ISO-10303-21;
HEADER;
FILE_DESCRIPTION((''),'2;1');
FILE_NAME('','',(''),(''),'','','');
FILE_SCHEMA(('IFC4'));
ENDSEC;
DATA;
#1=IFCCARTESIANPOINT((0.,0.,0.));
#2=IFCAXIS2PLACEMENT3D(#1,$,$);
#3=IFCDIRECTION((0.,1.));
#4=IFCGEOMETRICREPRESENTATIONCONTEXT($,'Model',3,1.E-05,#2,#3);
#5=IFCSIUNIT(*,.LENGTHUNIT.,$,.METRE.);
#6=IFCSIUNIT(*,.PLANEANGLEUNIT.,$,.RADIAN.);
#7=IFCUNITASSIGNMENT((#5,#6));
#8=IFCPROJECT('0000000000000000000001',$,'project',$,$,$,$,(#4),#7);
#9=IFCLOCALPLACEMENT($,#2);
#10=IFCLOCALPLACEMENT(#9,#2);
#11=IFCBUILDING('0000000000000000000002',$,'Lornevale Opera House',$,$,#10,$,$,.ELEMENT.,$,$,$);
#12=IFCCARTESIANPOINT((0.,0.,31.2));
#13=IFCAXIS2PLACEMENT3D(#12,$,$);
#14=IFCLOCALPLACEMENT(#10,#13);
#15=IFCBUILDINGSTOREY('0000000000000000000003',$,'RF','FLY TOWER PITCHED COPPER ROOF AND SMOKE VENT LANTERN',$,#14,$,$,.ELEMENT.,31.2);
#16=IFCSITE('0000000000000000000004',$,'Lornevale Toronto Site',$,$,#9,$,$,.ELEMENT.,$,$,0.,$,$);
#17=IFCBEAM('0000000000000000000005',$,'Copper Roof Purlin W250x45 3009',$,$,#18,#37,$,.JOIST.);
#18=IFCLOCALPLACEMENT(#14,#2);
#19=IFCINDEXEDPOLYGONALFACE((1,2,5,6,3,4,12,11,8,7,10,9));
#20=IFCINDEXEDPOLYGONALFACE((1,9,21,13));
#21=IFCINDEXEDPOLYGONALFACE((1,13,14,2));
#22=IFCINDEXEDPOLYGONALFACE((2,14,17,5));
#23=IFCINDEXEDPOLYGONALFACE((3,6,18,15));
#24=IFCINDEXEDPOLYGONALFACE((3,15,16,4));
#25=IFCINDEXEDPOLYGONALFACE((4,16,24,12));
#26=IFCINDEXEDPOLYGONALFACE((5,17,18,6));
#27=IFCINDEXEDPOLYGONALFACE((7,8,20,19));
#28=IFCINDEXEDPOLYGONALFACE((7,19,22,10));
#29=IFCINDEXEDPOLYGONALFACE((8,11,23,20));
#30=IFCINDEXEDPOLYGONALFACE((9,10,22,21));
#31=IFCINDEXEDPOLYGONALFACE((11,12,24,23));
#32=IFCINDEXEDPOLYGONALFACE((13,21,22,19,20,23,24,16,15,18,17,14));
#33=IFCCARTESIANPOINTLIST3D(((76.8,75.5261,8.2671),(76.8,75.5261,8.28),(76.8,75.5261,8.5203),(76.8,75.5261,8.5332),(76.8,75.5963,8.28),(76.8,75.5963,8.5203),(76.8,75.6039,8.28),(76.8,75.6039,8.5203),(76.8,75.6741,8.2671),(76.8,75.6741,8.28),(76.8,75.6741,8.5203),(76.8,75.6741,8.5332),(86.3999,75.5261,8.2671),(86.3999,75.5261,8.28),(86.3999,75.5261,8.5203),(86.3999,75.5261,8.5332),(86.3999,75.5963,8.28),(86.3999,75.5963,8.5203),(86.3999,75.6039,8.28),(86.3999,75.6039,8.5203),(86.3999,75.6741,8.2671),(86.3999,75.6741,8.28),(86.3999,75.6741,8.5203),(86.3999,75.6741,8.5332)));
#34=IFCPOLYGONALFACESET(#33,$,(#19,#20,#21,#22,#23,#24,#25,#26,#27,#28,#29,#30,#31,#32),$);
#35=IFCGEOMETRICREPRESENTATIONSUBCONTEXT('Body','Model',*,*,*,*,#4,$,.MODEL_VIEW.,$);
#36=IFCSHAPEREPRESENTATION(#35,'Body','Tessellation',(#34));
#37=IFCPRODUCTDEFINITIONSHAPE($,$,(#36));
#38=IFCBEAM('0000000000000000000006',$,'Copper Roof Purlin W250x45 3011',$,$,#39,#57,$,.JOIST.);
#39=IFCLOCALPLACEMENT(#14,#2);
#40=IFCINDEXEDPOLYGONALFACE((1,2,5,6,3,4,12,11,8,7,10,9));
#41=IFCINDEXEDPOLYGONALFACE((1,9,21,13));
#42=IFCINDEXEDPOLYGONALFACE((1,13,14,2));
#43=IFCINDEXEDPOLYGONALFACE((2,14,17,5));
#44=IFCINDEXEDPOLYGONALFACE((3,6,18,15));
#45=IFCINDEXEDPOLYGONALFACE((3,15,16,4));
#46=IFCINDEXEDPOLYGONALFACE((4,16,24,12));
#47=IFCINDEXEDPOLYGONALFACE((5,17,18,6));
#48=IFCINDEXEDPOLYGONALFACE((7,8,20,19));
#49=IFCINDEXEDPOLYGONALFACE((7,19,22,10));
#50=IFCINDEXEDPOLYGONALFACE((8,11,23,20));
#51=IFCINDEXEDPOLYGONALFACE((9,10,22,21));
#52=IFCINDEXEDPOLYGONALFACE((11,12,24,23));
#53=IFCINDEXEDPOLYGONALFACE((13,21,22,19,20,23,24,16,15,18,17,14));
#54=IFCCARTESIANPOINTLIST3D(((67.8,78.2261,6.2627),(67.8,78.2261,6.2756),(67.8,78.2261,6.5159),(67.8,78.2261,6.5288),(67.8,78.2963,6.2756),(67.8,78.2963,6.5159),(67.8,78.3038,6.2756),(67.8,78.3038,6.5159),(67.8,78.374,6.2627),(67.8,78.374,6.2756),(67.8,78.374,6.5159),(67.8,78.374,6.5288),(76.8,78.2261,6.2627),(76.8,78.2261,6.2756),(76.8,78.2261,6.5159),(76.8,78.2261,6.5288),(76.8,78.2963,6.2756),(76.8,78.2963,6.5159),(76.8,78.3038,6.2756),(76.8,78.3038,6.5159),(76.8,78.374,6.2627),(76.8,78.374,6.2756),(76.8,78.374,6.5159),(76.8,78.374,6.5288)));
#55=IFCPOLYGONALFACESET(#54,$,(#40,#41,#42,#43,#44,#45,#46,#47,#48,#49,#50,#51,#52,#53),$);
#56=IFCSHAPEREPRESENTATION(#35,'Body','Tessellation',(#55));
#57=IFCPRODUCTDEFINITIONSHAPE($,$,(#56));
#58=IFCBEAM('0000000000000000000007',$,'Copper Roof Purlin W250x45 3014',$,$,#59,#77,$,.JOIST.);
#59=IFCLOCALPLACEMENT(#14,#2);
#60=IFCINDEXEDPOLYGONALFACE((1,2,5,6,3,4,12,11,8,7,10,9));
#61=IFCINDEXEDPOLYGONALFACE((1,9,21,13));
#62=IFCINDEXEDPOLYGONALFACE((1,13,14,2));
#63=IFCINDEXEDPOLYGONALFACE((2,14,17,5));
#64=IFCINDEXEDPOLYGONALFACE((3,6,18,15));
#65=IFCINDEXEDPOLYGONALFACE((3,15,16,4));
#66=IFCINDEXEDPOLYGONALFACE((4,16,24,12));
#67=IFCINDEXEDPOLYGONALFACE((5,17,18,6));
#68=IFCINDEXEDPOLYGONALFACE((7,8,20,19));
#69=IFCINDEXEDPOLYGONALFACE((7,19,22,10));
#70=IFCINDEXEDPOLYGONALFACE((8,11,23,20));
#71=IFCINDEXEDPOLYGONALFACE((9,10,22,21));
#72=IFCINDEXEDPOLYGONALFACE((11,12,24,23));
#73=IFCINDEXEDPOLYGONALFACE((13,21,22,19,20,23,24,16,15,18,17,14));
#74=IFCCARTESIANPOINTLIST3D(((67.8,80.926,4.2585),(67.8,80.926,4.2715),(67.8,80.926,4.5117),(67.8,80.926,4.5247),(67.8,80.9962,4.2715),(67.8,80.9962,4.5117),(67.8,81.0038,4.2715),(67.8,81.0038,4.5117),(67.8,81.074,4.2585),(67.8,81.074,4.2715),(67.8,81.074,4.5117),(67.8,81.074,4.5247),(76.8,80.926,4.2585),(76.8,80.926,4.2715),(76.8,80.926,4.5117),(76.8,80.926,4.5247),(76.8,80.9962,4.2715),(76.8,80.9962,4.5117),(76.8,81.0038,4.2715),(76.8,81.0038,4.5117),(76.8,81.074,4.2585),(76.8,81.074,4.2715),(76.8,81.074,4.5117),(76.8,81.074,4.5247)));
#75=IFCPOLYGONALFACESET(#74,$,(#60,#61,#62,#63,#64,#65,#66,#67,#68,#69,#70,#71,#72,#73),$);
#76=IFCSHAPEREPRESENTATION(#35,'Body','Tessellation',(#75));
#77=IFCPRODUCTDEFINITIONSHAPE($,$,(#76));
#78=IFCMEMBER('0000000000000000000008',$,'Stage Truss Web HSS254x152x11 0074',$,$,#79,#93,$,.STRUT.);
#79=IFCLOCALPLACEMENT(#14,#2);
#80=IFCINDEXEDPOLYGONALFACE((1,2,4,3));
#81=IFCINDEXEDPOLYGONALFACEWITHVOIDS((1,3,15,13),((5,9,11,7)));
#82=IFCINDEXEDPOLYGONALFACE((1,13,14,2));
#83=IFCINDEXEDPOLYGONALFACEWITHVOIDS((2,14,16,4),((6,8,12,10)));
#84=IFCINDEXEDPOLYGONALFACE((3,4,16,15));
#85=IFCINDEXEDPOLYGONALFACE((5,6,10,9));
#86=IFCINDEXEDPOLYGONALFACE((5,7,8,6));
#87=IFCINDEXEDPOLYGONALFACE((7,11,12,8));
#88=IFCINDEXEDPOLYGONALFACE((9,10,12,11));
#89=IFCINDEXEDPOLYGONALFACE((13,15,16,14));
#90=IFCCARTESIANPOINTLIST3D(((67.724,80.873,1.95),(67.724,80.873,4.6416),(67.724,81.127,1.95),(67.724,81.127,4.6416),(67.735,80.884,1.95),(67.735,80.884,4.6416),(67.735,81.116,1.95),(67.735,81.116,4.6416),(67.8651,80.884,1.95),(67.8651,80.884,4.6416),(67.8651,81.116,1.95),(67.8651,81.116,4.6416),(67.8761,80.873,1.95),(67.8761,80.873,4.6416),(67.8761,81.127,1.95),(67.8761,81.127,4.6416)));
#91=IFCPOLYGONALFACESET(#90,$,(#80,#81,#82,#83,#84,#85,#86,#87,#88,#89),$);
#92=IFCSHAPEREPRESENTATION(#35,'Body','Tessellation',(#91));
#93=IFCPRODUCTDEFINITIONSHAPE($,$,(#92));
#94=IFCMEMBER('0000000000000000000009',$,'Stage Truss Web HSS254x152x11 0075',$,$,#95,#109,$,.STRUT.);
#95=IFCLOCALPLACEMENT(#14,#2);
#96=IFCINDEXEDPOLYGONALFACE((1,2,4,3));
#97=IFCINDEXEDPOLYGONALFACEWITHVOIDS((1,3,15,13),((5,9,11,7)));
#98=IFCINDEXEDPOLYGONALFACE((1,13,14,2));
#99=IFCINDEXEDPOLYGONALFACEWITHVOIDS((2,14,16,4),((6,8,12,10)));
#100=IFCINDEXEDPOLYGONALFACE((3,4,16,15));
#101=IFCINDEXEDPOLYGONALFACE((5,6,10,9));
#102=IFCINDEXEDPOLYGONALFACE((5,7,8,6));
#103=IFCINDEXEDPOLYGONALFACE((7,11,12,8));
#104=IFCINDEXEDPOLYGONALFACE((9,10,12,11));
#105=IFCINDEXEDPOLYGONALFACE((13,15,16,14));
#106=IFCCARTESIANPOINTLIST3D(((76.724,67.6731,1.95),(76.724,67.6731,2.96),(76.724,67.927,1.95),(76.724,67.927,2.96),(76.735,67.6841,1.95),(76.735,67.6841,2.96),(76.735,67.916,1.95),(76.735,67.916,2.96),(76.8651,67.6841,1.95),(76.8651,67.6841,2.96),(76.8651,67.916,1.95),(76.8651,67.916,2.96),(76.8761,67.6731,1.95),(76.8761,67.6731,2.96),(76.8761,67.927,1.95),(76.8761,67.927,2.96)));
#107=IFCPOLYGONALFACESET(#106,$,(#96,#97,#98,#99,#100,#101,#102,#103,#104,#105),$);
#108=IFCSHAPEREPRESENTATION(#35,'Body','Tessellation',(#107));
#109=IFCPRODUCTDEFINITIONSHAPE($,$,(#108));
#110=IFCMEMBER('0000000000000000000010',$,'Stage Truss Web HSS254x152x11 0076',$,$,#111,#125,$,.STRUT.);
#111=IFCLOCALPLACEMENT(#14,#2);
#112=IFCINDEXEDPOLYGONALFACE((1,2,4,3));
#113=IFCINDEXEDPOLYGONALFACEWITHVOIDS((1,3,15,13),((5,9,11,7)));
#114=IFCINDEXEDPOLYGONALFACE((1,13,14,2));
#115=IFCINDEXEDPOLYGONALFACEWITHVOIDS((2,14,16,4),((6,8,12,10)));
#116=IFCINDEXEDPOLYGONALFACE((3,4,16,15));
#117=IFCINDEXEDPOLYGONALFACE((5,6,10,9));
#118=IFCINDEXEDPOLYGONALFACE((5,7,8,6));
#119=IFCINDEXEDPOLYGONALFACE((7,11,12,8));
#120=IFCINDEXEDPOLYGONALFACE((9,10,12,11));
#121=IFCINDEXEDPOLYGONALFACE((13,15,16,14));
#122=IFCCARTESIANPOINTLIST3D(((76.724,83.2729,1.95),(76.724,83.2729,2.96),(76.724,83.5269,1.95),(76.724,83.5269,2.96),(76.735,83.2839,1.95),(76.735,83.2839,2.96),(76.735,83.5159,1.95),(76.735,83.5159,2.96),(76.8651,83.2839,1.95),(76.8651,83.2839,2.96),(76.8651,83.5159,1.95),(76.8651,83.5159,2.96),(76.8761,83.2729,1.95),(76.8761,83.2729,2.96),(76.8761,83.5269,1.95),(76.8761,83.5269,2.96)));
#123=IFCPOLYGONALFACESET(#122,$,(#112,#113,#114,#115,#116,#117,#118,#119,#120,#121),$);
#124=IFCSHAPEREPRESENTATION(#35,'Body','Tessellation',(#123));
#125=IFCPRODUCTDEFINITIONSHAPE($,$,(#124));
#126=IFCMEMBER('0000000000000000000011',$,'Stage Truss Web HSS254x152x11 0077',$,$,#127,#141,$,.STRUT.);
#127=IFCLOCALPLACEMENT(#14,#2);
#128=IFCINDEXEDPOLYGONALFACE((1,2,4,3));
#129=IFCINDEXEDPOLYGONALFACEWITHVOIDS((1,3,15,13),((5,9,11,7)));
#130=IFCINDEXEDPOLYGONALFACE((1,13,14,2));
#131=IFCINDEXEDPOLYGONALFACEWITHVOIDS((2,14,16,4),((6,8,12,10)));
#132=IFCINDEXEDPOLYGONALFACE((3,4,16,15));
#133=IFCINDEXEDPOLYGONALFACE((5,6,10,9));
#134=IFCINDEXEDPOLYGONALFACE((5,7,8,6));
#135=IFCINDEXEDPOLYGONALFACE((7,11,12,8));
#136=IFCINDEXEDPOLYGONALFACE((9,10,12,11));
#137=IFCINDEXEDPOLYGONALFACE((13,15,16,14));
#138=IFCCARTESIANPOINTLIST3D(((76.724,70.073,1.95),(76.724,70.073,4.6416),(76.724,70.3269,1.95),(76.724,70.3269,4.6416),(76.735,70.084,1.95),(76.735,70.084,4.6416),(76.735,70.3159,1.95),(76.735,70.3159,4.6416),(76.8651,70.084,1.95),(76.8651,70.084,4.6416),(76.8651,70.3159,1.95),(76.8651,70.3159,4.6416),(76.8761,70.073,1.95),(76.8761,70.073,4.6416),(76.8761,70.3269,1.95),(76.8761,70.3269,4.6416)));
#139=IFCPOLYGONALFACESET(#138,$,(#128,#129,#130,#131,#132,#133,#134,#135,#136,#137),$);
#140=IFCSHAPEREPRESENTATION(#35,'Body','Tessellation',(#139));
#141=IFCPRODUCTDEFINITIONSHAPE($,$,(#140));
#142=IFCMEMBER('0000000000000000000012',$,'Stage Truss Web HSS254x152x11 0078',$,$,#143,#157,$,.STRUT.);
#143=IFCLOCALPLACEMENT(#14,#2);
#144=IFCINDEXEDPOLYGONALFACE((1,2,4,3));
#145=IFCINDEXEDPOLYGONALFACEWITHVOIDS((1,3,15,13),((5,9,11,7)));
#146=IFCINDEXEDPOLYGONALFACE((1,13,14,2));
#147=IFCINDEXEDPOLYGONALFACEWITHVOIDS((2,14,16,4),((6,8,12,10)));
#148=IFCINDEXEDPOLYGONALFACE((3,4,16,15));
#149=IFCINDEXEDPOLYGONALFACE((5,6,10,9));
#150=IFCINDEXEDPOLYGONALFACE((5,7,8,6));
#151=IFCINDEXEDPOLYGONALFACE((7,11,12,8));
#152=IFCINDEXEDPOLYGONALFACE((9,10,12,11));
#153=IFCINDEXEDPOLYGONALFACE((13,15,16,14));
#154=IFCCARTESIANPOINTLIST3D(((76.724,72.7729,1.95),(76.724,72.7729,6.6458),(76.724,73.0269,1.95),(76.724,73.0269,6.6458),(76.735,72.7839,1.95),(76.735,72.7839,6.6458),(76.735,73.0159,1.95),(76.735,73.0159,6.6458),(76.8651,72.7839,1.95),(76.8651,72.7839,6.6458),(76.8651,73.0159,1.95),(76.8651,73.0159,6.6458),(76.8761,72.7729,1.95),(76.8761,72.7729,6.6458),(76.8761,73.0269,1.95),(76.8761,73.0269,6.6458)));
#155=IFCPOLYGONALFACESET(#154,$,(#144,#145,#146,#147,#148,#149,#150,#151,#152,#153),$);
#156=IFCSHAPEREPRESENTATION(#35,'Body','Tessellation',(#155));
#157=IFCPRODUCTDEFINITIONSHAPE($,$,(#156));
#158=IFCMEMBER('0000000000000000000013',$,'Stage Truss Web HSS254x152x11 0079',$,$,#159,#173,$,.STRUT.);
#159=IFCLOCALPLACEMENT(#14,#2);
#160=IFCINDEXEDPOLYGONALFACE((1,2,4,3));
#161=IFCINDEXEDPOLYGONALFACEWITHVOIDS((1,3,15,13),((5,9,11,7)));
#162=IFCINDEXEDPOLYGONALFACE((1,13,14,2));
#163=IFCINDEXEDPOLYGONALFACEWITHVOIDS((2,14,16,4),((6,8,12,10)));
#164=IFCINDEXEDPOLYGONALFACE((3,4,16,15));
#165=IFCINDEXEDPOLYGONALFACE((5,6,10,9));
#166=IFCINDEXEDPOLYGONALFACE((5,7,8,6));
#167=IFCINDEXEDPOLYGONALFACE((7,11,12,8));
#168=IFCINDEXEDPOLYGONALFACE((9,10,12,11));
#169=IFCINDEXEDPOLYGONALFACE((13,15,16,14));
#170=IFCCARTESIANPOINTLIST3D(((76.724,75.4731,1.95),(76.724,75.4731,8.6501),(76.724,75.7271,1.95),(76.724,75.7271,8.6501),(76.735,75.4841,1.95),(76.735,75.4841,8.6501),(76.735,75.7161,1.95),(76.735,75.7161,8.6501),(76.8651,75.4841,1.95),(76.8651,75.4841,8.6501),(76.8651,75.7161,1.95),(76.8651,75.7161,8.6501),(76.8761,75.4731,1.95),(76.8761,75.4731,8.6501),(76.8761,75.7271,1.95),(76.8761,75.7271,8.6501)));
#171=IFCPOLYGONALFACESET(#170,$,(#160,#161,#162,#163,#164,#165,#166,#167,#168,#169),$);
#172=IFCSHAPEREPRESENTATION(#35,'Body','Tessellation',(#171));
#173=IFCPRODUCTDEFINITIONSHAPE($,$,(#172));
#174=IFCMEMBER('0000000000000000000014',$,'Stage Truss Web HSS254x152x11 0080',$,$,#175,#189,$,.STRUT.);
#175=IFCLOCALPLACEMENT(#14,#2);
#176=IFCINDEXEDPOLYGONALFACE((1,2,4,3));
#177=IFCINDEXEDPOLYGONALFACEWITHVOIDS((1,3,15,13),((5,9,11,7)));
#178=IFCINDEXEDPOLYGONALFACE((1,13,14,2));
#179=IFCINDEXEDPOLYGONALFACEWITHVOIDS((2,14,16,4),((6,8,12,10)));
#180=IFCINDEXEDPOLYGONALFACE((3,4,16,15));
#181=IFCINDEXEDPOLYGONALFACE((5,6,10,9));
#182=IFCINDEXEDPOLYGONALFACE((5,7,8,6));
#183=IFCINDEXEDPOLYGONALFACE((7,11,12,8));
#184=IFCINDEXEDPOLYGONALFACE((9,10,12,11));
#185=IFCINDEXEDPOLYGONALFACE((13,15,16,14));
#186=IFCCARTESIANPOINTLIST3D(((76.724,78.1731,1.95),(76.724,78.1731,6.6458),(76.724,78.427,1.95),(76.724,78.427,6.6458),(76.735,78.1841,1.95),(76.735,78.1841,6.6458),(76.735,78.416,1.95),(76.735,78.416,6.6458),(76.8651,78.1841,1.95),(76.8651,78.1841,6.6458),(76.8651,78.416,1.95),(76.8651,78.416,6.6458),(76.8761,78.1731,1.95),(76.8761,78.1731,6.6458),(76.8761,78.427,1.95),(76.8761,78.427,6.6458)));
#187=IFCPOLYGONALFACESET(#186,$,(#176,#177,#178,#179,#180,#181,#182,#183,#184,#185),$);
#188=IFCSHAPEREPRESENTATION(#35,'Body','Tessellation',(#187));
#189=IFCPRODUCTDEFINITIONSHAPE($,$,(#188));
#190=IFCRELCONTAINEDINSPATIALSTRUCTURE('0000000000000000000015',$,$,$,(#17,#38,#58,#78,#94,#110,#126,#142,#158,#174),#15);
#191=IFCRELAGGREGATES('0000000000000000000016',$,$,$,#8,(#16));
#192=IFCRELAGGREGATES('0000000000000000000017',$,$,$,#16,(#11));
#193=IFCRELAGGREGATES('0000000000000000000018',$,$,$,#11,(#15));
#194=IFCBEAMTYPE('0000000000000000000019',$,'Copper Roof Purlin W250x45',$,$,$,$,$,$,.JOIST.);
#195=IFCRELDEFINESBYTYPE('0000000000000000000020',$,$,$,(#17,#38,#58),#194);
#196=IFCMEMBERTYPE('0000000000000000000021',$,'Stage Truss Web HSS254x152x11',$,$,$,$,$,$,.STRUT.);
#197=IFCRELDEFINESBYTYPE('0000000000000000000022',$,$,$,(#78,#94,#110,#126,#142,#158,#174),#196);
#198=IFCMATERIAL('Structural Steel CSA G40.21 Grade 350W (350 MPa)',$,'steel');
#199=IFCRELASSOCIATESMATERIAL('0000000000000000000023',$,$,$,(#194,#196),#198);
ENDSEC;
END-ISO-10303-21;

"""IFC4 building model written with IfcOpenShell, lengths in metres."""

from ifc_helpers import new_model, si_unit, direction, frame, origin, origin_2d, place, context, subcontext, project, spatial, hollow_rectangle, i_section, extrude, material, material_profile, profile_set, type_object, element, save


model = new_model("IFC4")

# Units and contexts
model_context = context("Model", 3, precision=1e-05, world=origin(), true_north=direction((0.0, 1.0)))
body_context = subcontext(model_context, "Body", "Model", "MODEL_VIEW")
ifc_project = project(units=[si_unit("LENGTHUNIT", "METRE"), si_unit("PLANEANGLEUNIT", "RADIAN")], contexts=[model_context])

# Site, building, storey
site_placement = place(None, origin())
site = spatial("IfcSite", under=ifc_project, at=site_placement, Name="Lornevale Toronto Site", CompositionType="ELEMENT", RefElevation=0.0)
building_placement = place(site_placement, origin())
building = spatial("IfcBuilding", under=site, at=building_placement, Name="Lornevale Opera House", CompositionType="ELEMENT")
storey_placement = place(building_placement, frame((0.0, 0.0, 31.2)))
storey = spatial("IfcBuildingStorey", under=building, at=storey_placement, Name="RF", Description="FLY TOWER PITCHED COPPER ROOF AND SMOKE VENT LANTERN", CompositionType="ELEMENT", Elevation=31.2)

# Beams
ifc_material_1 = material(Name="Structural Steel CSA G40.21 Grade 350W (350 MPa)", Category="steel")
ifc_material_profile_1 = material_profile(ifc_material_1, i_section(OverallWidth=0.1479, OverallDepth=0.2661, WebThickness=0.0076, FlangeThickness=0.0129, at=origin_2d()), Name="W250x45")
ifc_profile_set_1 = profile_set([ifc_material_profile_1], Name="Structural Steel CSA G40.21 Grade 350W (350 MPa)")
beam_type_1 = type_object("IfcBeamType", Name="Copper Roof Purlin W250x45", PredefinedType="JOIST", material=ifc_profile_set_1)
beam_1_placement = place(storey_placement, frame((76.8, 75.6001, 8.4001), z_axis=(1.0, 0.0, 0.0), x_axis=(0.0, 1.0, 0.0)))
element("IfcBeam", 1, at=beam_1_placement, inside=storey, type_object=beam_type_1, Name="Copper Roof Purlin W250x45 3009", PredefinedType="JOIST", context=body_context, shape_type="SweptSolid", body=[
    extrude(i_section(OverallWidth=0.1479, OverallDepth=0.2661, WebThickness=0.0076, FlangeThickness=0.0129, at=origin_2d()), origin(), (0.0, 0.0, 1.0), 9.5999),
])
for number, where, z_axis, x_axis, name in (
    (2, (67.8, 78.3, 6.3958), (1.0, 0.0, 0.0), (0.0, 1.0, 0.0), "Copper Roof Purlin W250x45 3011"),
    (3, (67.8, 81.0, 4.3916), (1.0, 0.0, 0.0), (0.0, 1.0, 0.0), "Copper Roof Purlin W250x45 3014"),
):
    element("IfcBeam", number, at=place(storey_placement, frame(where, z_axis=z_axis, x_axis=x_axis)), inside=storey, type_object=beam_type_1, Name=name, PredefinedType="JOIST", context=body_context, shape_type="SweptSolid", body=[
        extrude(i_section(OverallWidth=0.1479, OverallDepth=0.2661, WebThickness=0.0076, FlangeThickness=0.0129, at=origin_2d()), origin(), (0.0, 0.0, 1.0), 9.0),
    ])

# Members
ifc_material_profile_2 = material_profile(ifc_material_1, hollow_rectangle(XDim=0.1521, YDim=0.2539, WallThickness=0.011, at=origin_2d()), Name="HSS254x152x11")
ifc_profile_set_2 = profile_set([ifc_material_profile_2], Name="Structural Steel CSA G40.21 Grade 350W (350 MPa)")
member_type = type_object("IfcMemberType", Name="Stage Truss Web HSS254x152x11", PredefinedType="STRUT", material=ifc_profile_set_2)
member_1_placement = place(storey_placement, frame((67.8, 81.0, 1.95), z_axis=(0.0, 0.0, 1.0), x_axis=(1.0, 0.0, 0.0)))
element("IfcMember", 4, at=member_1_placement, inside=storey, type_object=member_type, Name="Stage Truss Web HSS254x152x11 0074", PredefinedType="STRUT", context=body_context, shape_type="SweptSolid", body=[
    extrude(hollow_rectangle(XDim=0.1521, YDim=0.2539, WallThickness=0.011, at=origin_2d()), origin(), (0.0, 0.0, 1.0), 2.6917),
])
for number, where, z_axis, x_axis, name in (
    (5, (76.8, 67.8, 1.95), (0.0, 0.0, 1.0), (1.0, 0.0, 0.0), "Stage Truss Web HSS254x152x11 0075"),
    (6, (76.8, 83.3999, 1.95), (0.0, 0.0, 1.0), (1.0, 0.0, 0.0), "Stage Truss Web HSS254x152x11 0076"),
):
    element("IfcMember", number, at=place(storey_placement, frame(where, z_axis=z_axis, x_axis=x_axis)), inside=storey, type_object=member_type, Name=name, PredefinedType="STRUT", context=body_context, shape_type="SweptSolid", body=[
        extrude(hollow_rectangle(XDim=0.1521, YDim=0.2539, WallThickness=0.011, at=origin_2d()), origin(), (0.0, 0.0, 1.0), 1.01),
    ])
member_2_placement = place(storey_placement, frame((76.8, 70.2, 1.95), z_axis=(0.0, 0.0, 1.0), x_axis=(1.0, 0.0, 0.0)))
element("IfcMember", 7, at=member_2_placement, inside=storey, type_object=member_type, Name="Stage Truss Web HSS254x152x11 0077", PredefinedType="STRUT", context=body_context, shape_type="SweptSolid", body=[
    extrude(hollow_rectangle(XDim=0.1521, YDim=0.2539, WallThickness=0.011, at=origin_2d()), origin(), (0.0, 0.0, 1.0), 2.6917),
])
member_3_placement = place(storey_placement, frame((76.8, 72.8999, 1.95), z_axis=(0.0, 0.0, 1.0), x_axis=(1.0, 0.0, 0.0)))
element("IfcMember", 8, at=member_3_placement, inside=storey, type_object=member_type, Name="Stage Truss Web HSS254x152x11 0078", PredefinedType="STRUT", context=body_context, shape_type="SweptSolid", body=[
    extrude(hollow_rectangle(XDim=0.1521, YDim=0.2539, WallThickness=0.011, at=origin_2d()), origin(), (0.0, 0.0, 1.0), 4.6958),
])
member_4_placement = place(storey_placement, frame((76.8, 75.6001, 1.95), z_axis=(0.0, 0.0, 1.0), x_axis=(1.0, 0.0, 0.0)))
element("IfcMember", 9, at=member_4_placement, inside=storey, type_object=member_type, Name="Stage Truss Web HSS254x152x11 0079", PredefinedType="STRUT", context=body_context, shape_type="SweptSolid", body=[
    extrude(hollow_rectangle(XDim=0.1521, YDim=0.2539, WallThickness=0.011, at=origin_2d()), origin(), (0.0, 0.0, 1.0), 6.7002),
])
member_5_placement = place(storey_placement, frame((76.8, 78.3, 1.95), z_axis=(0.0, 0.0, 1.0), x_axis=(1.0, 0.0, 0.0)))
element("IfcMember", 10, at=member_5_placement, inside=storey, type_object=member_type, Name="Stage Truss Web HSS254x152x11 0080", PredefinedType="STRUT", context=body_context, shape_type="SweptSolid", body=[
    extrude(hollow_rectangle(XDim=0.1521, YDim=0.2539, WallThickness=0.011, at=origin_2d()), origin(), (0.0, 0.0, 1.0), 4.6958),
])

save(model, "model.ifc")
